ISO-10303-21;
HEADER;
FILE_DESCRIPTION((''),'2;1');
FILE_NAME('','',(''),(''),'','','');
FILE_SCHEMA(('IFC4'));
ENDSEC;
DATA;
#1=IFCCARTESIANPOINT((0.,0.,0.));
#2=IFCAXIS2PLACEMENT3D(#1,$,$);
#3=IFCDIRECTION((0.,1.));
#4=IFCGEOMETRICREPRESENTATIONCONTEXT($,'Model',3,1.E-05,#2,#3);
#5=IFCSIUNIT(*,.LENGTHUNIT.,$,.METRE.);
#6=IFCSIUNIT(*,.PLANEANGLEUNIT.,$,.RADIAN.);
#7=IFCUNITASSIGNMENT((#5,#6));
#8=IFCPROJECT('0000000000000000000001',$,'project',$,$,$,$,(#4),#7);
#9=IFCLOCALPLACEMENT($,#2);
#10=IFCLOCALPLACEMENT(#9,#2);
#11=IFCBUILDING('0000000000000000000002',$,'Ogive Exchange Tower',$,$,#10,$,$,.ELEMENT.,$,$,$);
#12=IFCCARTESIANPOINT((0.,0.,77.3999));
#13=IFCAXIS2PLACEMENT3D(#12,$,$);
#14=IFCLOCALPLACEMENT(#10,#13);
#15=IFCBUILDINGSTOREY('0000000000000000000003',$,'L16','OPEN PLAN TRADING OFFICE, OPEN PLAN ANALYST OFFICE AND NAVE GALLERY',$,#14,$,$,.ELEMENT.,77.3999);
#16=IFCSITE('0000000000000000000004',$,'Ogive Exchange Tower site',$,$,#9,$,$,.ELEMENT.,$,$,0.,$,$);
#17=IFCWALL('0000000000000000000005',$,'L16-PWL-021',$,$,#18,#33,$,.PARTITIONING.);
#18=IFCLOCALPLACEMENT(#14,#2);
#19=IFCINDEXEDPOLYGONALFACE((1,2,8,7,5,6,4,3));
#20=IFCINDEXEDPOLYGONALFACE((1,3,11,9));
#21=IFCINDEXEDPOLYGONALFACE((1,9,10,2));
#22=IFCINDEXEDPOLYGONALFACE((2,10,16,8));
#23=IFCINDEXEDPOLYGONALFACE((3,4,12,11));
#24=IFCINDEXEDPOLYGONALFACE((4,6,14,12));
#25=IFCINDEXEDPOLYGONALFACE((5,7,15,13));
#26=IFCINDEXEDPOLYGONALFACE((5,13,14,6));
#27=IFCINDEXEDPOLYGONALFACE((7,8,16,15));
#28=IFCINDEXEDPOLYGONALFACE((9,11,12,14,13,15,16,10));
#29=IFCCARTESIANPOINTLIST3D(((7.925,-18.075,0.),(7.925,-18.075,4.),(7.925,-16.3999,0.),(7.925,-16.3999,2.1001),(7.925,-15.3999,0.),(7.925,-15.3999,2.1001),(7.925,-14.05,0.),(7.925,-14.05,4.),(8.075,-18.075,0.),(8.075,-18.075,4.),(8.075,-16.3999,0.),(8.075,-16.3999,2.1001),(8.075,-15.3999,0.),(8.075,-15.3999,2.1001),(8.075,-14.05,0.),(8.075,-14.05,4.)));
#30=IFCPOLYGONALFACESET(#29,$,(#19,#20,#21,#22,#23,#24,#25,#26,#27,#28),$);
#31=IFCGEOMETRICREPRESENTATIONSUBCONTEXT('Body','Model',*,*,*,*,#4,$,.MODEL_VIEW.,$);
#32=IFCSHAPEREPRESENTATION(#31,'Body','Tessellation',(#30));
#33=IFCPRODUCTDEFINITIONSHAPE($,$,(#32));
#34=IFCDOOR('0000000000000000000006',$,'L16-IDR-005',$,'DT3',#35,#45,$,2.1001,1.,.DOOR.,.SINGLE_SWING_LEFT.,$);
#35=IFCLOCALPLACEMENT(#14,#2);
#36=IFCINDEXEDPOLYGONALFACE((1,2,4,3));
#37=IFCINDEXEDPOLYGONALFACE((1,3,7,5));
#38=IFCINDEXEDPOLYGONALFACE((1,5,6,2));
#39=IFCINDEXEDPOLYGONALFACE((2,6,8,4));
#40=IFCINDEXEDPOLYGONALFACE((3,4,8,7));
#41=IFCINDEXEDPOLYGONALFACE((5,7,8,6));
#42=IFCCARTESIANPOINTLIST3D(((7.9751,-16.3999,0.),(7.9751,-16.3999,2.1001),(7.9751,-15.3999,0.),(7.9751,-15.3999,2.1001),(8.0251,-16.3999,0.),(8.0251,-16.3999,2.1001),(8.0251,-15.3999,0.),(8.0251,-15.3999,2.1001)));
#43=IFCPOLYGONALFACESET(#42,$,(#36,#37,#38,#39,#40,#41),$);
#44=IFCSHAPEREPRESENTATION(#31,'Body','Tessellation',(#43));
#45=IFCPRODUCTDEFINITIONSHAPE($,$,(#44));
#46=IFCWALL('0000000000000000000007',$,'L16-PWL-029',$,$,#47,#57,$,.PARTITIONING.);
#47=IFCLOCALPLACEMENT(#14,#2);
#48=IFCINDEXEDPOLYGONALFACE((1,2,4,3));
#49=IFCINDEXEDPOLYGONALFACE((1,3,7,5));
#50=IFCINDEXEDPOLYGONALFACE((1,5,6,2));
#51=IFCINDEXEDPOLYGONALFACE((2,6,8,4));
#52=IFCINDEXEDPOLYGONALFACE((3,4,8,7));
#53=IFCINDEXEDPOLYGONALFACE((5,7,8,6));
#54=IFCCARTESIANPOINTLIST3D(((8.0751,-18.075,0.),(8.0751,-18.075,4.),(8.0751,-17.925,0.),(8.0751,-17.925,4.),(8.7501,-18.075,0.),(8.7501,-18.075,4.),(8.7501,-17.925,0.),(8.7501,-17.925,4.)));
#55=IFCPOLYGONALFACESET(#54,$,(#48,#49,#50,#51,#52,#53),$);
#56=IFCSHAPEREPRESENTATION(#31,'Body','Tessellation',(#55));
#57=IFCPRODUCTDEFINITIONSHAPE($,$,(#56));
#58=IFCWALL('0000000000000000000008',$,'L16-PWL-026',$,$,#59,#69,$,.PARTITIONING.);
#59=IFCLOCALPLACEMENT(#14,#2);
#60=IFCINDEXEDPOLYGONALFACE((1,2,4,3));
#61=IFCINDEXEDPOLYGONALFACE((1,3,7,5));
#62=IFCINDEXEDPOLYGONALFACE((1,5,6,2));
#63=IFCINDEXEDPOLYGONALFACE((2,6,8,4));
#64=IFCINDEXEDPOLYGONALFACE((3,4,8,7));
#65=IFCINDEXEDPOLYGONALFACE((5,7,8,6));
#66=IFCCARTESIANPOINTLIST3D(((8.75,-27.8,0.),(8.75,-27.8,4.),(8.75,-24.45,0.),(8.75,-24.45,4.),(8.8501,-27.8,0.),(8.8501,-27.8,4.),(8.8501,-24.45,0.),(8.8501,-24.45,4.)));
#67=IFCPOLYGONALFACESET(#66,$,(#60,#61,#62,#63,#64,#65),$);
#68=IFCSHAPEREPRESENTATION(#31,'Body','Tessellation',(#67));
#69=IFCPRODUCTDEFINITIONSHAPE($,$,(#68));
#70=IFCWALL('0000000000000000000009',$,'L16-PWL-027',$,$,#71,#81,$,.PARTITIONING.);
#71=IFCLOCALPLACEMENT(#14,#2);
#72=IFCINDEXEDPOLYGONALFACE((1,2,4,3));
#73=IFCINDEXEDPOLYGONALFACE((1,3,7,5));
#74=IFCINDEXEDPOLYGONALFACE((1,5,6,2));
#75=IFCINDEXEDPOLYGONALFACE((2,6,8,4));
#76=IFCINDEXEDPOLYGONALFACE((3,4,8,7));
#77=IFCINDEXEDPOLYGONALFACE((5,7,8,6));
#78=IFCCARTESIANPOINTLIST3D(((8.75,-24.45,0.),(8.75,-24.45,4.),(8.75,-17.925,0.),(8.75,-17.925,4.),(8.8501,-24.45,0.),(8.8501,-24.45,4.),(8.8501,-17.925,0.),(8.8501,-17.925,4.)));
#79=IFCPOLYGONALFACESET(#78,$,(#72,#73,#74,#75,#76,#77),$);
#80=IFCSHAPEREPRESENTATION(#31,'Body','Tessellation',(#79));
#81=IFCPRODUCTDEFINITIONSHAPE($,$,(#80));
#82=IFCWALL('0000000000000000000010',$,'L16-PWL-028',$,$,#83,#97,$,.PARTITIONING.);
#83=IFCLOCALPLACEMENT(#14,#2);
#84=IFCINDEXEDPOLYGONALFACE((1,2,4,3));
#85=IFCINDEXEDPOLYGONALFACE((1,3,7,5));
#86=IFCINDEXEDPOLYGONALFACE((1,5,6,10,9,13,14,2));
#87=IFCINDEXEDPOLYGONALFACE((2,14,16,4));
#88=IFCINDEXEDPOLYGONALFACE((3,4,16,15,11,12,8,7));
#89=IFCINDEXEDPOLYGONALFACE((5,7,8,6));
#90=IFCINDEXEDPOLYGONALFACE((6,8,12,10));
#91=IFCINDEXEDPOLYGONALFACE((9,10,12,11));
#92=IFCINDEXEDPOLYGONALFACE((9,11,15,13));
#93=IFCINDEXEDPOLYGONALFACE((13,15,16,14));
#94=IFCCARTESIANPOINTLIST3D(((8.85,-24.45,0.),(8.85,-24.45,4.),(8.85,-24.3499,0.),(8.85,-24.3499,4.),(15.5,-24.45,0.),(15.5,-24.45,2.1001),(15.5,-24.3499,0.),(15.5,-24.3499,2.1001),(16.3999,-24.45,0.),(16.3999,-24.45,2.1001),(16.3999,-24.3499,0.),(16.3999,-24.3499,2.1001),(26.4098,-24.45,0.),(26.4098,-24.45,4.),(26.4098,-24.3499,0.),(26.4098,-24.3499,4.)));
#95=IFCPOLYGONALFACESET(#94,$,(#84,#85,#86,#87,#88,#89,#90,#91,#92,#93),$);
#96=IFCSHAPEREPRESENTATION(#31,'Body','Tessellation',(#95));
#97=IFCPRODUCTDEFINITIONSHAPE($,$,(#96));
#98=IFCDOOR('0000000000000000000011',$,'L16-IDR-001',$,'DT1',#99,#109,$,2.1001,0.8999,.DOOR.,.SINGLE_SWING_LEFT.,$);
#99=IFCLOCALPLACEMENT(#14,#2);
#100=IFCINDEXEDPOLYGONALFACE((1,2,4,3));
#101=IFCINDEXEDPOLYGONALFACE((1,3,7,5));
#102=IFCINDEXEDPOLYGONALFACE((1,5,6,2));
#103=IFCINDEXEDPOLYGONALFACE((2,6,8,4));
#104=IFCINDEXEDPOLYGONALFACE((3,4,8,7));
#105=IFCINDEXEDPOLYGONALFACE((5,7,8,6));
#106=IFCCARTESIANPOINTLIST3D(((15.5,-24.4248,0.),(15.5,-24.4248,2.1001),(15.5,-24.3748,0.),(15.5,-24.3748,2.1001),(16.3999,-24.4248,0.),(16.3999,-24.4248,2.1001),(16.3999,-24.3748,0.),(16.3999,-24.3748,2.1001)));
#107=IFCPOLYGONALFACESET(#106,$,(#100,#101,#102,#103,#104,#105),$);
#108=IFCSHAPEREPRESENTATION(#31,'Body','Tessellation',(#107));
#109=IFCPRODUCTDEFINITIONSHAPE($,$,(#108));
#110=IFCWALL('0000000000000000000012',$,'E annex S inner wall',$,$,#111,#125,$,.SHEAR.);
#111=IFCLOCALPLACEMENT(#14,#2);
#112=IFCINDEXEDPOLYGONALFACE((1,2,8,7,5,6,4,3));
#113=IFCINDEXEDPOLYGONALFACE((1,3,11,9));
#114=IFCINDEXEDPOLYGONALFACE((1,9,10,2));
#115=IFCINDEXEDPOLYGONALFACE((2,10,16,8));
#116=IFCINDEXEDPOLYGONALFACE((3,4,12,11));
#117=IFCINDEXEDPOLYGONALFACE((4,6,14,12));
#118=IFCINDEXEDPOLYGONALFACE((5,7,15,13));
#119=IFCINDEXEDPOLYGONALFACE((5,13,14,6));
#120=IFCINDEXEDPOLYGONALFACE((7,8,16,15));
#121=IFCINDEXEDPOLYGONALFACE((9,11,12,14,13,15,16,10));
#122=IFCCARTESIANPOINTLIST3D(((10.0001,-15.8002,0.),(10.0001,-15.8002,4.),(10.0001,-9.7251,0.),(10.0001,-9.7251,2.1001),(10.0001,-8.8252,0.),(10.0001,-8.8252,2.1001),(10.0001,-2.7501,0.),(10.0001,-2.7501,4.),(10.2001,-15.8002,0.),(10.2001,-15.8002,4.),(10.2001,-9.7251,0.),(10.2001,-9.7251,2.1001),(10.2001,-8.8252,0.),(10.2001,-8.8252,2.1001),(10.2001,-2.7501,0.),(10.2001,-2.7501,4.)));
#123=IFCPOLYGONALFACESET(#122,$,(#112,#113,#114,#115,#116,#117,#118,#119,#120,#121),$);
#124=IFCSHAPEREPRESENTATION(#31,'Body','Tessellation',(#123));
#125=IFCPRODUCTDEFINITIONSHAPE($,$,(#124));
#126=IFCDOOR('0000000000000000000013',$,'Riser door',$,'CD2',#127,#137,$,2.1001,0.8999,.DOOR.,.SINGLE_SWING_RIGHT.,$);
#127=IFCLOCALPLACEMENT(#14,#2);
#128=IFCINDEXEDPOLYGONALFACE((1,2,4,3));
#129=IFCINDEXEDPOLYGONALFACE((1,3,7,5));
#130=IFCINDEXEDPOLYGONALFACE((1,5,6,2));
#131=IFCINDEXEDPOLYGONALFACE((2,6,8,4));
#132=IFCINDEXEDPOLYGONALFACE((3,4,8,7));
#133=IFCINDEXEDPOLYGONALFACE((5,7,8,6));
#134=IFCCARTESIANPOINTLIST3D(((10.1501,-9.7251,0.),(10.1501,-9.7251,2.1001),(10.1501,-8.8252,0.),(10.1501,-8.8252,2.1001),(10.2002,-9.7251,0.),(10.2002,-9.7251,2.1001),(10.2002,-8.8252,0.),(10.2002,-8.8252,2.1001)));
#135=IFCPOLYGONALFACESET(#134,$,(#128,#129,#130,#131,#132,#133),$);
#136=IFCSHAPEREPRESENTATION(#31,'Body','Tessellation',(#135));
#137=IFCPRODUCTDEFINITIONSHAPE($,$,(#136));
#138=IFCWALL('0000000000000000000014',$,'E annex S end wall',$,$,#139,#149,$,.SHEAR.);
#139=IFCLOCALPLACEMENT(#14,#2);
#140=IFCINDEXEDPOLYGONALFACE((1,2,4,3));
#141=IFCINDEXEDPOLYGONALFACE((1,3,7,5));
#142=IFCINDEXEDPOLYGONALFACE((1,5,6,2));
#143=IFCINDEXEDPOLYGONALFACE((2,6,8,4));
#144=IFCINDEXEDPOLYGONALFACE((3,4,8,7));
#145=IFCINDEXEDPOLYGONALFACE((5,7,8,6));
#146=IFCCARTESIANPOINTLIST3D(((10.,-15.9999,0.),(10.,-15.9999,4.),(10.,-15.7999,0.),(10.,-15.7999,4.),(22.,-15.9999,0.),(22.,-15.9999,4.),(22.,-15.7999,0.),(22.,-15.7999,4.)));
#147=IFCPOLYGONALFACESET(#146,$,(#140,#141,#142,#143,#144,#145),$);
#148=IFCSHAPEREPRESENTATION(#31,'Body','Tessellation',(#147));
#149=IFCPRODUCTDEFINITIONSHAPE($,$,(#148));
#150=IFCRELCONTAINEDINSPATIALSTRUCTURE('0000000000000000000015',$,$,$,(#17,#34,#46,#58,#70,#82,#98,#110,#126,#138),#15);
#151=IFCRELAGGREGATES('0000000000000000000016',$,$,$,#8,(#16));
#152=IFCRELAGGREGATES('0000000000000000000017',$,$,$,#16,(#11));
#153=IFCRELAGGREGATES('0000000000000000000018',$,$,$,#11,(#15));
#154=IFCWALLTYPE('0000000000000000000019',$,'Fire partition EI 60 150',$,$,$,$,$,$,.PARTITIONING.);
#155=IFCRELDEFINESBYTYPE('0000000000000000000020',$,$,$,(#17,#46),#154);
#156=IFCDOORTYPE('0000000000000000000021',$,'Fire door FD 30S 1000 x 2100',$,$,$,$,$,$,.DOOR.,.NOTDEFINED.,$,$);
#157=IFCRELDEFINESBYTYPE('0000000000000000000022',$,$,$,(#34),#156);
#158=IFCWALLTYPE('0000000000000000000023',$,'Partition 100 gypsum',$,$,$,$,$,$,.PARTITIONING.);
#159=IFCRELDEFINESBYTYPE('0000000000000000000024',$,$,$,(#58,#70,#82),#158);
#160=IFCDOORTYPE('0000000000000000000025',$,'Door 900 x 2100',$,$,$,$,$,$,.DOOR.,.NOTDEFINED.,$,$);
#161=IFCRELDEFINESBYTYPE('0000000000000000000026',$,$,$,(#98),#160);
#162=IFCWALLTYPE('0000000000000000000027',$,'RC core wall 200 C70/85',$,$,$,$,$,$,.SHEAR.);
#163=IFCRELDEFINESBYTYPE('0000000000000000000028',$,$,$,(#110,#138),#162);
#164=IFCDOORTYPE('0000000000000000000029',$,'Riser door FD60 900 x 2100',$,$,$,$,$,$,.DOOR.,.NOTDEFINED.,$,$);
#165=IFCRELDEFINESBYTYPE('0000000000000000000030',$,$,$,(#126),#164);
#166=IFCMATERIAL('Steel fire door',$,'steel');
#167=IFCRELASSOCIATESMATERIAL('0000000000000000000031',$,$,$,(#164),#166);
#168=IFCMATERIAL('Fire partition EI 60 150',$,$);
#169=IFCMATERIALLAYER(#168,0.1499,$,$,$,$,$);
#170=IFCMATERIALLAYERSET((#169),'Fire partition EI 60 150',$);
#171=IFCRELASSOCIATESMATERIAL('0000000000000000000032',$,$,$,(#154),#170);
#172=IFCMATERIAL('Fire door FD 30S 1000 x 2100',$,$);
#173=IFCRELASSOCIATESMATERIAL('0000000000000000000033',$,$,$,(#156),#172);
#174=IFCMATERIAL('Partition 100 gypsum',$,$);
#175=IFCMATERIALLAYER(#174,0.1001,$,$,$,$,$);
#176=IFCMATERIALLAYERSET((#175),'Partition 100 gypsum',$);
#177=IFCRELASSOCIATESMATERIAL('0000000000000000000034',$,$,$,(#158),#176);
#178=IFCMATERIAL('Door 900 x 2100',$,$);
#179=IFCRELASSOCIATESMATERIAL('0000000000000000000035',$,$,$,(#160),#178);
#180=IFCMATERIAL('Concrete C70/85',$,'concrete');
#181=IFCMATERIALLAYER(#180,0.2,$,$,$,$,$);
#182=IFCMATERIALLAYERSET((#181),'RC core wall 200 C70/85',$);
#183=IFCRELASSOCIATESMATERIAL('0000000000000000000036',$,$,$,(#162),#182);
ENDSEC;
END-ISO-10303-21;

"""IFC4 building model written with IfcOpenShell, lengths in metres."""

from ifc_helpers import new_model, si_unit, direction, frame, frame_2d, origin, place, context, subcontext, project, spatial, rectangle, extrude, material, layer, layer_set, type_object, element, fill, save


model = new_model("IFC4")

# Units and contexts
model_context = context("Model", 3, precision=1e-05, world=origin(), true_north=direction((0.0, 1.0)))
body_context = subcontext(model_context, "Body", "Model", "MODEL_VIEW")
ifc_project = project(units=[si_unit("LENGTHUNIT", "METRE"), si_unit("PLANEANGLEUNIT", "RADIAN")], contexts=[model_context])

# Site, building, storey
site_placement = place(None, origin())
site = spatial("IfcSite", under=ifc_project, at=site_placement, Name="Ogive Exchange Tower site", CompositionType="ELEMENT", RefElevation=0.0)
building_placement = place(site_placement, origin())
building = spatial("IfcBuilding", under=site, at=building_placement, Name="Ogive Exchange Tower", CompositionType="ELEMENT")
storey_placement = place(building_placement, frame((0.0, 0.0, 77.3999)))
storey = spatial("IfcBuildingStorey", under=building, at=storey_placement, Name="L16", Description="OPEN PLAN TRADING OFFICE, OPEN PLAN ANALYST OFFICE AND NAVE GALLERY", CompositionType="ELEMENT", Elevation=77.3999)

# Wall, opening, door
ifc_material_1 = material(Name="Steel fire door", Category="steel")
door_type_1 = type_object("IfcDoorType", Name="Riser door FD60 900 x 2100", OperationType="NOTDEFINED", PredefinedType="DOOR", material=ifc_material_1)
ifc_material_2 = material(Name="Fire partition EI 60 150")
ifc_layer_1 = layer(ifc_material_2, 0.1499)
ifc_layer_set_1 = layer_set([ifc_layer_1], Name="Fire partition EI 60 150")
wall_type_1 = type_object("IfcWallType", Name="Fire partition EI 60 150", PredefinedType="PARTITIONING", material=ifc_layer_set_1)
wall_1_placement = place(storey_placement, frame((8.0, -18.075, 0.0), z_axis=(0.0, 0.0, 1.0), x_axis=(0.0, 1.0, 0.0)))
wall_1 = element("IfcWall", 1, at=wall_1_placement, inside=storey, type_object=wall_type_1, Name="L16-PWL-021", PredefinedType="PARTITIONING", context=body_context, shape_type="SweptSolid", body=[
    extrude(rectangle(XDim=4.0249, YDim=0.1499, at=frame_2d((2.0125, 0.0))), origin(), (0.0, 0.0, 1.0), 4.0),
])
opening_1_placement = place(wall_1_placement, frame((1.675, 0.0, 0.0)))
opening_1 = element("IfcOpeningElement", 2, at=opening_1_placement, cuts=wall_1, PredefinedType="OPENING", context=body_context, shape_type="SweptSolid", body=[
    extrude(rectangle(XDim=1.0, YDim=2.1001, at=frame_2d((0.5, 1.05))), frame((0.0, 0.085, 0.0), z_axis=(0.0, -1.0, 0.0), x_axis=(1.0, 0.0, 0.0)), (0.0, 0.0, 1.0), 0.1699),
])
ifc_material_3 = material(Name="Fire door FD 30S 1000 x 2100")
door_type_2 = type_object("IfcDoorType", Name="Fire door FD 30S 1000 x 2100", OperationType="NOTDEFINED", PredefinedType="DOOR", material=ifc_material_3)
door_1_placement = place(opening_1_placement, origin())
door_1 = element("IfcDoor", 3, at=door_1_placement, inside=storey, type_object=door_type_2, Name="L16-IDR-005", ObjectType="DT3", OperationType="SINGLE_SWING_LEFT", OverallHeight=2.1001, OverallWidth=1.0, PredefinedType="DOOR", context=body_context, shape_type="SweptSolid", body=[
    extrude(rectangle(XDim=1.0, YDim=2.1001, at=frame_2d((0.5, 1.05))), frame((0.0, 0.0249, 0.0), z_axis=(0.0, -1.0, 0.0), x_axis=(1.0, 0.0, 0.0)), (0.0, 0.0, 1.0), 0.05),
])
fill(opening_1, door_1)

# Walls
wall_2_placement = place(storey_placement, frame((8.75, -18.0, 0.0), z_axis=(0.0, 0.0, 1.0), x_axis=(-1.0, 0.0, 0.0)))
element("IfcWall", 4, at=wall_2_placement, inside=storey, type_object=wall_type_1, Name="L16-PWL-029", PredefinedType="PARTITIONING", context=body_context, shape_type="SweptSolid", body=[
    extrude(rectangle(XDim=0.675, YDim=0.1499, at=frame_2d((0.3374, 0.0))), origin(), (0.0, 0.0, 1.0), 4.0),
])
ifc_material_4 = material(Name="Partition 100 gypsum")
ifc_layer_2 = layer(ifc_material_4, 0.1001)
ifc_layer_set_2 = layer_set([ifc_layer_2], Name="Partition 100 gypsum")
wall_type_2 = type_object("IfcWallType", Name="Partition 100 gypsum", PredefinedType="PARTITIONING", material=ifc_layer_set_2)
wall_3_placement = place(storey_placement, frame((8.8, -27.8, 0.0), z_axis=(0.0, 0.0, 1.0), x_axis=(0.0, 1.0, 0.0)))
element("IfcWall", 5, at=wall_3_placement, inside=storey, type_object=wall_type_2, Name="L16-PWL-026", PredefinedType="PARTITIONING", context=body_context, shape_type="SweptSolid", body=[
    extrude(rectangle(XDim=3.3501, YDim=0.1001, at=frame_2d((1.675, 0.0))), origin(), (0.0, 0.0, 1.0), 4.0),
])
wall_4_placement = place(storey_placement, frame((8.8, -24.45, 0.0), z_axis=(0.0, 0.0, 1.0), x_axis=(0.0, 1.0, 0.0)))
element("IfcWall", 6, at=wall_4_placement, inside=storey, type_object=wall_type_2, Name="L16-PWL-027", PredefinedType="PARTITIONING", context=body_context, shape_type="SweptSolid", body=[
    extrude(rectangle(XDim=6.5249, YDim=0.1001, at=frame_2d((3.2625, 0.0))), origin(), (0.0, 0.0, 1.0), 4.0),
])

# Walls, openings, doors
wall_5_placement = place(storey_placement, frame((8.8501, -24.3999, 0.0), z_axis=(0.0, 0.0, 1.0), x_axis=(1.0, 0.0, 0.0)))
wall_5 = element("IfcWall", 7, at=wall_5_placement, inside=storey, type_object=wall_type_2, Name="L16-PWL-028", PredefinedType="PARTITIONING", context=body_context, shape_type="SweptSolid", body=[
    extrude(rectangle(XDim=17.5598, YDim=0.1001, at=frame_2d((8.7798, 0.0))), origin(), (0.0, 0.0, 1.0), 4.0),
])
opening_2_placement = place(wall_5_placement, frame((6.6499, 0.0, 0.0)))
opening_2 = element("IfcOpeningElement", 8, at=opening_2_placement, cuts=wall_5, PredefinedType="OPENING", context=body_context, shape_type="SweptSolid", body=[
    extrude(rectangle(XDim=0.8999, YDim=2.1001, at=frame_2d((0.45, 1.05))), frame((0.0, 0.0601, 0.0), z_axis=(0.0, -1.0, 0.0), x_axis=(1.0, 0.0, 0.0)), (0.0, 0.0, 1.0), 0.1201),
])
ifc_material_5 = material(Name="Door 900 x 2100")
door_type_3 = type_object("IfcDoorType", Name="Door 900 x 2100", OperationType="NOTDEFINED", PredefinedType="DOOR", material=ifc_material_5)
door_2_placement = place(opening_2_placement, frame((0.8999, 0.0, 0.0), z_axis=(0.0, 0.0, 1.0), x_axis=(-1.0, 0.0, 0.0)))
door_2 = element("IfcDoor", 9, at=door_2_placement, inside=storey, type_object=door_type_3, Name="L16-IDR-001", ObjectType="DT1", OperationType="SINGLE_SWING_LEFT", OverallHeight=2.1001, OverallWidth=0.8999, PredefinedType="DOOR", context=body_context, shape_type="SweptSolid", body=[
    extrude(rectangle(XDim=0.8999, YDim=2.1001, at=frame_2d((0.45, 1.05))), frame((0.0, 0.0249, 0.0), z_axis=(0.0, -1.0, 0.0), x_axis=(1.0, 0.0, 0.0)), (0.0, 0.0, 1.0), 0.05),
])
fill(opening_2, door_2)
ifc_material_6 = material(Name="Concrete C70/85", Category="concrete")
ifc_layer_3 = layer(ifc_material_6, 0.2)
ifc_layer_set_3 = layer_set([ifc_layer_3], Name="RC core wall 200 C70/85")
wall_type_3 = type_object("IfcWallType", Name="RC core wall 200 C70/85", PredefinedType="SHEAR", material=ifc_layer_set_3)
wall_6_placement = place(storey_placement, frame((10.1001, -15.8, 0.0), z_axis=(0.0, 0.0, 1.0), x_axis=(0.0, 1.0, 0.0)))
wall_6 = element("IfcWall", 10, at=wall_6_placement, inside=storey, type_object=wall_type_3, Name="E annex S inner wall", PredefinedType="SHEAR", context=body_context, shape_type="SweptSolid", body=[
    extrude(rectangle(XDim=13.05, YDim=0.2, at=frame_2d((6.5249, 0.0))), origin(), (0.0, 0.0, 1.0), 4.0),
])
opening_3_placement = place(wall_6_placement, frame((6.075, 0.0, 0.0)))
opening_3 = element("IfcOpeningElement", 11, at=opening_3_placement, cuts=wall_6, PredefinedType="OPENING", context=body_context, shape_type="SweptSolid", body=[
    extrude(rectangle(XDim=0.8999, YDim=2.1001, at=frame_2d((0.45, 1.05))), frame((0.0, 0.1099, 0.0), z_axis=(0.0, -1.0, 0.0), x_axis=(1.0, 0.0, 0.0)), (0.0, 0.0, 1.0), 0.22),
])
door_3_placement = place(opening_3_placement, frame((0.8999, -0.1499, 0.0), z_axis=(0.0, 0.0, 1.0), x_axis=(-1.0, 0.0, 0.0)))
door_3 = element("IfcDoor", 12, at=door_3_placement, inside=storey, type_object=door_type_1, Name="Riser door", ObjectType="CD2", OperationType="SINGLE_SWING_RIGHT", OverallHeight=2.1001, OverallWidth=0.8999, PredefinedType="DOOR", context=body_context, shape_type="SweptSolid", body=[
    extrude(rectangle(XDim=0.8999, YDim=2.1001, at=frame_2d((0.45, 1.05))), frame((0.0, -0.0498, 0.0), z_axis=(0.0, -1.0, 0.0), x_axis=(1.0, 0.0, 0.0)), (0.0, 0.0, 1.0), 0.05),
])
fill(opening_3, door_3)

# Wall
wall_7_placement = place(storey_placement, frame((10.0, -15.8999, 0.0), z_axis=(0.0, 0.0, 1.0), x_axis=(1.0, 0.0, 0.0)))
element("IfcWall", 13, at=wall_7_placement, inside=storey, type_object=wall_type_3, Name="E annex S end wall", PredefinedType="SHEAR", context=body_context, shape_type="SweptSolid", body=[
    extrude(rectangle(XDim=12.0, YDim=0.2, at=frame_2d((6.0, 0.0))), origin(), (0.0, 0.0, 1.0), 4.0),
])

save(model, "model.ifc")
